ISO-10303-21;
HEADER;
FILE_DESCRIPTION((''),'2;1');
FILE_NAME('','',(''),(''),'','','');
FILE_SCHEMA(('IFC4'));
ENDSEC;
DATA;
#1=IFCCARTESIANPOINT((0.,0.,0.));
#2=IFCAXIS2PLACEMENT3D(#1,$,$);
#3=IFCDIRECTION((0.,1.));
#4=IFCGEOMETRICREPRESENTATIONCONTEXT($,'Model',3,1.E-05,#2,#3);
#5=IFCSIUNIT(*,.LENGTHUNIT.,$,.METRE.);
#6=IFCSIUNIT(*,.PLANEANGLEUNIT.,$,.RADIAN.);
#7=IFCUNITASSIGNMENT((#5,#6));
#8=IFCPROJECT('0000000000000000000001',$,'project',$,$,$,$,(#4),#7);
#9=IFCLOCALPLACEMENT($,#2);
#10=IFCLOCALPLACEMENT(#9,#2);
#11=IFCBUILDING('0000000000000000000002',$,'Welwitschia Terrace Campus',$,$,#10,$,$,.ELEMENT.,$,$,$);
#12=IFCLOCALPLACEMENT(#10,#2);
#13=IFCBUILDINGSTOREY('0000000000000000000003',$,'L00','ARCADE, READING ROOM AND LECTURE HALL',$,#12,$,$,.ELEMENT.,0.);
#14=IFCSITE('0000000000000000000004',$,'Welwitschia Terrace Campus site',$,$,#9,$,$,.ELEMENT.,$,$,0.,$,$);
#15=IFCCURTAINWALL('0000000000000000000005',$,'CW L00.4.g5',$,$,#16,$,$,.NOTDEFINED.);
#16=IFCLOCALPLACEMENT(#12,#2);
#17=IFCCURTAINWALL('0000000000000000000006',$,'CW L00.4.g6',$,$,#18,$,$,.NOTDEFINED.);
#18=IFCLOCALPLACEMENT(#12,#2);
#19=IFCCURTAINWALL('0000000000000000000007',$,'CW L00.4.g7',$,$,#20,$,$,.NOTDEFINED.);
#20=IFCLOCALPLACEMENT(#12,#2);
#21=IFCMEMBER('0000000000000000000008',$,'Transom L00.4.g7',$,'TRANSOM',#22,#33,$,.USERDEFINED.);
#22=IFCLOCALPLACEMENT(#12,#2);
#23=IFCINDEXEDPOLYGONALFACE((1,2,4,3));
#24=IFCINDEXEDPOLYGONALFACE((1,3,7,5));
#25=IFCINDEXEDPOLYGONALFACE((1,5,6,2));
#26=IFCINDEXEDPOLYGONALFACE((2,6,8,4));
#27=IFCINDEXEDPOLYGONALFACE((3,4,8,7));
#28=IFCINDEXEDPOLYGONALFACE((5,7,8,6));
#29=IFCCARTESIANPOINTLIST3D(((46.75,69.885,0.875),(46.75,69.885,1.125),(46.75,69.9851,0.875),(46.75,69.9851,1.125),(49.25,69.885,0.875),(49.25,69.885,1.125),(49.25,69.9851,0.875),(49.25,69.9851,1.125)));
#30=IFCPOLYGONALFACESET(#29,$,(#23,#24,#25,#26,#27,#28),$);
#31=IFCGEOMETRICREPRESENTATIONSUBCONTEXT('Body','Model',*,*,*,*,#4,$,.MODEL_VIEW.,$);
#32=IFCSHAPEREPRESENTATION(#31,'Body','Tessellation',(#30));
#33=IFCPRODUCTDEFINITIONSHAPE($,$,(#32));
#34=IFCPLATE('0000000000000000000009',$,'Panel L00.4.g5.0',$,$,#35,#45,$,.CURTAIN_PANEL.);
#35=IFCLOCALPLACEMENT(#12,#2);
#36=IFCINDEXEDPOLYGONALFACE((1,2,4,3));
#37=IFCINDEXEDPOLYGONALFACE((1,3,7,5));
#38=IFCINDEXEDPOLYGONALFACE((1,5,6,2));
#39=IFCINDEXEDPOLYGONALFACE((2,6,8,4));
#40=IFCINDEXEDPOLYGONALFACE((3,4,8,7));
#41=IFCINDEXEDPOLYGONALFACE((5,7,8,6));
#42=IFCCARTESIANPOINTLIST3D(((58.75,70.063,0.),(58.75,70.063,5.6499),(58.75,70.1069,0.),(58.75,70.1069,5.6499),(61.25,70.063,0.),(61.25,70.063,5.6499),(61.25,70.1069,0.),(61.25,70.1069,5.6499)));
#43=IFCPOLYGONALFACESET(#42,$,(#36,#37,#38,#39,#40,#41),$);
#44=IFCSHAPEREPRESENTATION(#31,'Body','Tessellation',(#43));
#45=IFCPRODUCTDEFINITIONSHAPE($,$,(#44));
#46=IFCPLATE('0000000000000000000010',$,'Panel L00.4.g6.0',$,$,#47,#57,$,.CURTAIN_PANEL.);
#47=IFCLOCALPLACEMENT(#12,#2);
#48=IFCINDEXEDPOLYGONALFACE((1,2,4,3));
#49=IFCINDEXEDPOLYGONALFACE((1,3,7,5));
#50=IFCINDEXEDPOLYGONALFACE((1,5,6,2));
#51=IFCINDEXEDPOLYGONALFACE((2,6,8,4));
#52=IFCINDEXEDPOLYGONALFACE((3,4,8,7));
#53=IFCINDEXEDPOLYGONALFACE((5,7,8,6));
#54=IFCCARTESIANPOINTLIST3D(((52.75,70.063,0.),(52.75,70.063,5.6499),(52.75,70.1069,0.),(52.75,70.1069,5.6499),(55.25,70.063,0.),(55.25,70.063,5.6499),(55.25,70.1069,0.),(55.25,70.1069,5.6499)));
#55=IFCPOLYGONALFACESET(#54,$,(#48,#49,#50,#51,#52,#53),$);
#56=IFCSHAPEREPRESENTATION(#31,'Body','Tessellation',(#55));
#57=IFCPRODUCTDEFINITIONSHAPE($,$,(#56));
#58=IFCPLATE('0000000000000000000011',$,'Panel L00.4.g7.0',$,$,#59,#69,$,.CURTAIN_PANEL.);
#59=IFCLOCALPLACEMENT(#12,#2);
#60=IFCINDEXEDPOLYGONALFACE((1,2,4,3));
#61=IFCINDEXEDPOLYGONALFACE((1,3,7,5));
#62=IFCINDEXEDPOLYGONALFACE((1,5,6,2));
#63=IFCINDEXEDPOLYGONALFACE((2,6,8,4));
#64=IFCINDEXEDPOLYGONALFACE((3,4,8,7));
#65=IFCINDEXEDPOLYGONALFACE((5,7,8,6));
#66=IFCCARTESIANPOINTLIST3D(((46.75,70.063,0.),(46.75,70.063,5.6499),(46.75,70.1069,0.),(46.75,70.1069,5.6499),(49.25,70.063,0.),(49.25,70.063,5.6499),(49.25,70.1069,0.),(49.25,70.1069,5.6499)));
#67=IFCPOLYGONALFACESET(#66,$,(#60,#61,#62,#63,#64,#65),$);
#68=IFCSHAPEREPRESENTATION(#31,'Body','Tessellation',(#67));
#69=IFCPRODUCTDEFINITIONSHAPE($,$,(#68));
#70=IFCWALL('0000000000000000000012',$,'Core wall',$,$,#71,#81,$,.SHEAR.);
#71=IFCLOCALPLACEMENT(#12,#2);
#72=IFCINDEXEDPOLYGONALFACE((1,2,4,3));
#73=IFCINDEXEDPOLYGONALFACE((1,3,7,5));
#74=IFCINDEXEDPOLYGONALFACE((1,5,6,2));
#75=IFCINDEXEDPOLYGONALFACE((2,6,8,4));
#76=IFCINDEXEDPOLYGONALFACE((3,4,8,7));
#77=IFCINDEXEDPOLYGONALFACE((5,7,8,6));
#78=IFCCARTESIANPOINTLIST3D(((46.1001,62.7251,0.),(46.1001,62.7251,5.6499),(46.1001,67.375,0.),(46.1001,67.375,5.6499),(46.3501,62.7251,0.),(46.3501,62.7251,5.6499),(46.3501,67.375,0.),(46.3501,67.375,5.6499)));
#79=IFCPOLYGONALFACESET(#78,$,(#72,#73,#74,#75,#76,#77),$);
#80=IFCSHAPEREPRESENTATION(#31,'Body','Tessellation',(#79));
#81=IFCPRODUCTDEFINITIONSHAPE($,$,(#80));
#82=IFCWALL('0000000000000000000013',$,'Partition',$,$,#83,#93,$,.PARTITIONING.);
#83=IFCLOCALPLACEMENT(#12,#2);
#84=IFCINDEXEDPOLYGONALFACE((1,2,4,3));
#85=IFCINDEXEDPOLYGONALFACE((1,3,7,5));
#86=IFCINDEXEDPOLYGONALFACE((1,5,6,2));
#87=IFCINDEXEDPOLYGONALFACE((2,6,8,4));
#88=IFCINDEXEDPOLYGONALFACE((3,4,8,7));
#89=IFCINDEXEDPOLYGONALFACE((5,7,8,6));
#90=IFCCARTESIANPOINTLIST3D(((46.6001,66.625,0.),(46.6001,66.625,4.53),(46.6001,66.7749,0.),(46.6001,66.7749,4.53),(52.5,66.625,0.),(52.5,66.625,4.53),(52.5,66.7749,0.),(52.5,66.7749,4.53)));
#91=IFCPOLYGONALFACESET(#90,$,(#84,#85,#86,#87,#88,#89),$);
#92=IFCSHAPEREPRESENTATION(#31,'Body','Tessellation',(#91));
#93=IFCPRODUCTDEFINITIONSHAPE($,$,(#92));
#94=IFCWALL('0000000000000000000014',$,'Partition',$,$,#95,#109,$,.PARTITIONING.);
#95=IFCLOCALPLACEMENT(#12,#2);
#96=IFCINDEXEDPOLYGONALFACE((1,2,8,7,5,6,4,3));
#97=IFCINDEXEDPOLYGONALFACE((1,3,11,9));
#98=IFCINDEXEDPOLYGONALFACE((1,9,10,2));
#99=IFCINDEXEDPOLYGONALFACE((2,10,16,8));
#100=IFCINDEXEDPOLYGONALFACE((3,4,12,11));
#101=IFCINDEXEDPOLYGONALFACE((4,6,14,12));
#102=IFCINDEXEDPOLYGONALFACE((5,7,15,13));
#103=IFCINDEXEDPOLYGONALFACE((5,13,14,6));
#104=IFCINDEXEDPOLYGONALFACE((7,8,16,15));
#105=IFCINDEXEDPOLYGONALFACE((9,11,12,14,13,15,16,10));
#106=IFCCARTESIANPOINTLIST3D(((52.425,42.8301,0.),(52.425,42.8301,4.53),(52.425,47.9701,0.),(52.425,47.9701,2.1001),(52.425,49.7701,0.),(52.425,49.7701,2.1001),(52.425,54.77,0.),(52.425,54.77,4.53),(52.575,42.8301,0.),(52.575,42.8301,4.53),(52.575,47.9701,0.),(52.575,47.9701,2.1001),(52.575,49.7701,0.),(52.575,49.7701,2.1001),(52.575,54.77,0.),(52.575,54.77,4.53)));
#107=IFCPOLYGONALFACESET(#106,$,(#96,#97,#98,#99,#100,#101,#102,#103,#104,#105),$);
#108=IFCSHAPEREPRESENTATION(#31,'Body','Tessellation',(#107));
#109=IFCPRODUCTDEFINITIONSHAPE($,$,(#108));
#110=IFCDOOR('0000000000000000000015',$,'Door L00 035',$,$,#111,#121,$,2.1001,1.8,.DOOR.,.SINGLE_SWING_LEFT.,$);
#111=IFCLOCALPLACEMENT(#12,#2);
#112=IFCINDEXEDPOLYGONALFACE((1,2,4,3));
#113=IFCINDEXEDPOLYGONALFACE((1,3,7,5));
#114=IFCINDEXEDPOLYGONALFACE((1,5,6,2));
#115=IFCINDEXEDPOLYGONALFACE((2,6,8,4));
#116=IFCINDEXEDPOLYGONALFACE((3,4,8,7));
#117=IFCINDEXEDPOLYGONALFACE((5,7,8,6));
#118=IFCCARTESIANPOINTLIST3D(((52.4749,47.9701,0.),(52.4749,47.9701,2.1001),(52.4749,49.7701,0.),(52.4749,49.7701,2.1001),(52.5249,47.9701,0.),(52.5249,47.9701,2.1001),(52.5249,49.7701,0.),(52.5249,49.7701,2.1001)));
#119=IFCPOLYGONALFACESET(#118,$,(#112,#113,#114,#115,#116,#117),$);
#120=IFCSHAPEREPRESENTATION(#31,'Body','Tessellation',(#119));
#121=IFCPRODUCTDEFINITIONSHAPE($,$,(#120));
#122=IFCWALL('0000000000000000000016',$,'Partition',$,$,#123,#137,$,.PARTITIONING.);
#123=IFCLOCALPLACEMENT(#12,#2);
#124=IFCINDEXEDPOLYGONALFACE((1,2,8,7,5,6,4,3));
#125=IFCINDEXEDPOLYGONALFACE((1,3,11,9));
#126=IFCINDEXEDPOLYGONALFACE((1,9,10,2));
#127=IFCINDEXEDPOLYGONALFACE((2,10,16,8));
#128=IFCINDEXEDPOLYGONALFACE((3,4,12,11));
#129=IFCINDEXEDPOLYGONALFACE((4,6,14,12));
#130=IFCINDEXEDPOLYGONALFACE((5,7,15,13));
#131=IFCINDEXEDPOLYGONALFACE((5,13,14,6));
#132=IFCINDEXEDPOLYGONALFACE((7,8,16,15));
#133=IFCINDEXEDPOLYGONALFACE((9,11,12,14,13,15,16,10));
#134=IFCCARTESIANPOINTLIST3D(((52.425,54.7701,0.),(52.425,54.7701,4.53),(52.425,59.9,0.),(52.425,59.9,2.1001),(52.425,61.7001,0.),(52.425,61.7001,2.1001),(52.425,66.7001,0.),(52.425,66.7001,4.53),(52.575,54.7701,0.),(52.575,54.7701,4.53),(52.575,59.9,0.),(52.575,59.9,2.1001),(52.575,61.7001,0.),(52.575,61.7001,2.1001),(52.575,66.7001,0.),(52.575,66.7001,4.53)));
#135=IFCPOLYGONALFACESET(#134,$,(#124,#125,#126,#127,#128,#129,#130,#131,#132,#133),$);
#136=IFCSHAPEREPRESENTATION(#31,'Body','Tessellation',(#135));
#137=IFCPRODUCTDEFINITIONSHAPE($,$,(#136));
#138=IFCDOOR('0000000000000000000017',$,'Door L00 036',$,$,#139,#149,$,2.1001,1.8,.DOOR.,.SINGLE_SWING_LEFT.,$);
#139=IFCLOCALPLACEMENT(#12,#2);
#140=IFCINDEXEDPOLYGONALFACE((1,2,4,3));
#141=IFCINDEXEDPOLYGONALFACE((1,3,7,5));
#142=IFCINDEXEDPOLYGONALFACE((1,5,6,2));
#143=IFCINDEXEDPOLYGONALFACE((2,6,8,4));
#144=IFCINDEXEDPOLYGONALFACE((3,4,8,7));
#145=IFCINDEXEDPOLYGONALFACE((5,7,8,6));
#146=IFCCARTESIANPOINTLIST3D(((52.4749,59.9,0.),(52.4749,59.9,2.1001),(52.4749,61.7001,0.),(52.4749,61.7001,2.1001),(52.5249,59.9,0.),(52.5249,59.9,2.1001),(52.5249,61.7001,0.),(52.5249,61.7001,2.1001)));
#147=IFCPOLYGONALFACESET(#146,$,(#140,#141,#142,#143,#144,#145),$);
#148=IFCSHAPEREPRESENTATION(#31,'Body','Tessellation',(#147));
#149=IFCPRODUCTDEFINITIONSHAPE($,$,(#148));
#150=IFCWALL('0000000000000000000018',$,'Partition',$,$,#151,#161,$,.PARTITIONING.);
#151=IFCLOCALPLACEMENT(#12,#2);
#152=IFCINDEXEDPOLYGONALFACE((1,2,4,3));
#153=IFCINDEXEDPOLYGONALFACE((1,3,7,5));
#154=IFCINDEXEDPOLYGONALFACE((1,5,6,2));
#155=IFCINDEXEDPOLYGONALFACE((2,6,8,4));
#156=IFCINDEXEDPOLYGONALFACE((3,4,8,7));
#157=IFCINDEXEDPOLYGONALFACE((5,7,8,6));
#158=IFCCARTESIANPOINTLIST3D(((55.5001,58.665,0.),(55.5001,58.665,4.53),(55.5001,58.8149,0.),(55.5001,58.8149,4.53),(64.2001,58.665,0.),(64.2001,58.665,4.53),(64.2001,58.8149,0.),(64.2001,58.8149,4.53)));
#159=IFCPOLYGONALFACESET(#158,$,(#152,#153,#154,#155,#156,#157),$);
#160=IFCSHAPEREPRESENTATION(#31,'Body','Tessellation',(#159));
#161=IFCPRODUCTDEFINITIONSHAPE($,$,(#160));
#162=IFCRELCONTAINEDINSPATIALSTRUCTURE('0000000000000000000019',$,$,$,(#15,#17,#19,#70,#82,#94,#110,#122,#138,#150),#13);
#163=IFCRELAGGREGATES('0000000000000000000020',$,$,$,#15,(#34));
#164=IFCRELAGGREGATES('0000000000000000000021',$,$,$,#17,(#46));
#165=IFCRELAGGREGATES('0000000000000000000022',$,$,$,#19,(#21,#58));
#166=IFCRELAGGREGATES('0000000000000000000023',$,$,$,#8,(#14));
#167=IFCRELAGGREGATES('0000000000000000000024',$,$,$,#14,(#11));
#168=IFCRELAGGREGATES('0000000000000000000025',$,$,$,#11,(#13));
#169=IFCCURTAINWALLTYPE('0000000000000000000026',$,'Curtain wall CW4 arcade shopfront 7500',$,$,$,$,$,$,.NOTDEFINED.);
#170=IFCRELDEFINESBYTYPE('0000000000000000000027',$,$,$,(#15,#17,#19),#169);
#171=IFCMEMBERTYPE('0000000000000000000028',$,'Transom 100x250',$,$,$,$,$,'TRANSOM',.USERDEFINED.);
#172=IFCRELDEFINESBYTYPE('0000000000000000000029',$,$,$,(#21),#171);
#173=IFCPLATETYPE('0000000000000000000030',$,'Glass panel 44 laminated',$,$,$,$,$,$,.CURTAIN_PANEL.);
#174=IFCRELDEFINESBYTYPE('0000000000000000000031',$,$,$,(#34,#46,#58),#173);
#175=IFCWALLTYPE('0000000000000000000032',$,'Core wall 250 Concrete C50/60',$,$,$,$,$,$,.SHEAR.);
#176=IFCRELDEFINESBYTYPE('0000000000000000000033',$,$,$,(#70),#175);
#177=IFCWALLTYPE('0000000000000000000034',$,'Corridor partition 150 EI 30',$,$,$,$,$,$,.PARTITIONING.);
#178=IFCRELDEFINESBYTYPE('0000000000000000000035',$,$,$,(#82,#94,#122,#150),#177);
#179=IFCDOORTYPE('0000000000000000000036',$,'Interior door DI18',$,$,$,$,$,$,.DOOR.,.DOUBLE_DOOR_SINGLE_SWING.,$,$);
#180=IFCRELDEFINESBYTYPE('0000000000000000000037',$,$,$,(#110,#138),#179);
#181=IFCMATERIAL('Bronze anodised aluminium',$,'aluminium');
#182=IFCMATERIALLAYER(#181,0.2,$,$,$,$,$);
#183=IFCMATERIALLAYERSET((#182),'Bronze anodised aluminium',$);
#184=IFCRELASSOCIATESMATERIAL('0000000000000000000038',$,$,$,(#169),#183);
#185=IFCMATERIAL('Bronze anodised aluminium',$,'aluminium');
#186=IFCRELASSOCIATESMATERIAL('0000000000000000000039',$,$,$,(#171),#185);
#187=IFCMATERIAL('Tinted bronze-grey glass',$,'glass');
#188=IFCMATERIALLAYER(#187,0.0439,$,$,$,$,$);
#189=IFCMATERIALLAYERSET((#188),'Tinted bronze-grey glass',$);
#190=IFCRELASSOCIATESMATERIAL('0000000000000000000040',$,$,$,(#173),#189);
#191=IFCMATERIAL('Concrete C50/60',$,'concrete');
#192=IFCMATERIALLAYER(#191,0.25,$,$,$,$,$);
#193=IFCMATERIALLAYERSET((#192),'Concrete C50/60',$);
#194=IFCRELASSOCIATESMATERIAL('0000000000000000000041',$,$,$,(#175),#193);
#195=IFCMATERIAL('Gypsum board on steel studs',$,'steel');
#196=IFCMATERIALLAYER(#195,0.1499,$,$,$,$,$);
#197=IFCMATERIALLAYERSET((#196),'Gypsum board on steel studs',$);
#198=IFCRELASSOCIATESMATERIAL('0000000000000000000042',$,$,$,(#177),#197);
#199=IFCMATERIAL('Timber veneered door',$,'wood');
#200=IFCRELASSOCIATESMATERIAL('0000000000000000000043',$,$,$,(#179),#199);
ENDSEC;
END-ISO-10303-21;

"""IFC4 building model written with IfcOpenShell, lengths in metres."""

from ifc_helpers import new_model, si_unit, direction, frame, frame_2d, origin, origin_2d, place, context, subcontext, project, spatial, rectangle, extrude, material, layer, layer_set, material_profile, profile_set, type_object, element, fill, aggregate, save


model = new_model("IFC4")

# Units and contexts
model_context = context("Model", 3, precision=1e-05, world=origin(), true_north=direction((0.0, 1.0)))
body_context = subcontext(model_context, "Body", "Model", "MODEL_VIEW")
ifc_project = project(units=[si_unit("LENGTHUNIT", "METRE"), si_unit("PLANEANGLEUNIT", "RADIAN")], contexts=[model_context])

# Site, building, storey
site_placement = place(None, origin())
site = spatial("IfcSite", under=ifc_project, at=site_placement, Name="Welwitschia Terrace Campus site", CompositionType="ELEMENT", RefElevation=0.0)
building_placement = place(site_placement, origin())
building = spatial("IfcBuilding", under=site, at=building_placement, Name="Welwitschia Terrace Campus", CompositionType="ELEMENT")
storey_placement = place(building_placement, origin())
storey = spatial("IfcBuildingStorey", under=building, at=storey_placement, Name="L00", Description="ARCADE, READING ROOM AND LECTURE HALL", CompositionType="ELEMENT", Elevation=0.0)

# Curtain wall
ifc_material_1 = material(Name="Bronze anodised aluminium", Category="aluminium")
ifc_layer_1 = layer(ifc_material_1, 0.2)
ifc_layer_set_1 = layer_set([ifc_layer_1], Name="Bronze anodised aluminium")
curtain_wall_type = type_object("IfcCurtainWallType", Name="Curtain wall CW4 arcade shopfront 7500", PredefinedType="NOTDEFINED", material=ifc_layer_set_1)
curtain_wall_1_placement = place(storey_placement, origin())
curtain_wall_1 = element("IfcCurtainWall", 1, at=curtain_wall_1_placement, inside=storey, type_object=curtain_wall_type, Name="CW L00.4.g5", PredefinedType="NOTDEFINED")

# Curtain walls
curtain_wall_2_placement = place(storey_placement, origin())
curtain_wall_2 = element("IfcCurtainWall", 2, at=curtain_wall_2_placement, inside=storey, type_object=curtain_wall_type, Name="CW L00.4.g6", PredefinedType="NOTDEFINED")
curtain_wall_3_placement = place(storey_placement, origin())
curtain_wall_3 = element("IfcCurtainWall", 3, at=curtain_wall_3_placement, inside=storey, type_object=curtain_wall_type, Name="CW L00.4.g7", PredefinedType="NOTDEFINED")

# Member
ifc_material_2 = material(Name="Bronze anodised aluminium", Category="aluminium")
ifc_material_profile_1 = material_profile(ifc_material_2, rectangle(XDim=0.1001, YDim=0.25, at=origin_2d()))
ifc_profile_set_1 = profile_set([ifc_material_profile_1], Name="Bronze anodised aluminium")
member_type_1 = type_object("IfcMemberType", Name="Transom 100x250", ElementType="TRANSOM", PredefinedType="USERDEFINED", material=ifc_profile_set_1)
member_1_placement = place(storey_placement, frame((49.25, 69.9351, 1.0), z_axis=(-1.0, 0.0, 0.0), x_axis=(0.0, -1.0, 0.0)))
member_1 = element("IfcMember", 4, at=member_1_placement, type_object=member_type_1, Name="Transom L00.4.g7", ObjectType="TRANSOM", PredefinedType="USERDEFINED", context=body_context, shape_type="SweptSolid", body=[
    extrude(rectangle(XDim=0.1001, YDim=0.25, at=origin_2d()), origin(), (0.0, 0.0, 1.0), 2.5),
])

# Plates
ifc_material_3 = material(Name="Tinted bronze-grey glass", Category="glass")
ifc_layer_2 = layer(ifc_material_3, 0.0439)
ifc_layer_set_2 = layer_set([ifc_layer_2], Name="Tinted bronze-grey glass")
plate_type = type_object("IfcPlateType", Name="Glass panel 44 laminated", PredefinedType="CURTAIN_PANEL", material=ifc_layer_set_2)
plate_1_placement = place(storey_placement, frame((60.0, 70.085, 0.0), z_axis=(0.0, 0.0, 1.0), x_axis=(-1.0, 0.0, 0.0)))
plate_1 = element("IfcPlate", 5, at=plate_1_placement, type_object=plate_type, Name="Panel L00.4.g5.0", PredefinedType="CURTAIN_PANEL", context=body_context, shape_type="SweptSolid", body=[
    extrude(rectangle(XDim=2.5, YDim=0.0439, at=origin_2d()), origin(), (0.0, 0.0, 1.0), 5.6499),
])
aggregate(curtain_wall_1, [plate_1])
plate_2_placement = place(storey_placement, frame((54.0, 70.085, 0.0), z_axis=(0.0, 0.0, 1.0), x_axis=(-1.0, 0.0, 0.0)))
plate_2 = element("IfcPlate", 6, at=plate_2_placement, type_object=plate_type, Name="Panel L00.4.g6.0", PredefinedType="CURTAIN_PANEL", context=body_context, shape_type="SweptSolid", body=[
    extrude(rectangle(XDim=2.5, YDim=0.0439, at=origin_2d()), origin(), (0.0, 0.0, 1.0), 5.6499),
])
aggregate(curtain_wall_2, [plate_2])
plate_3_placement = place(storey_placement, frame((48.0, 70.085, 0.0), z_axis=(0.0, 0.0, 1.0), x_axis=(-1.0, 0.0, 0.0)))
plate_3 = element("IfcPlate", 7, at=plate_3_placement, type_object=plate_type, Name="Panel L00.4.g7.0", PredefinedType="CURTAIN_PANEL", context=body_context, shape_type="SweptSolid", body=[
    extrude(rectangle(XDim=2.5, YDim=0.0439, at=origin_2d()), origin(), (0.0, 0.0, 1.0), 5.6499),
])
aggregate(curtain_wall_3, [member_1, plate_3])

# Walls
ifc_material_4 = material(Name="Concrete C50/60", Category="concrete")
ifc_layer_3 = layer(ifc_material_4, 0.25)
ifc_layer_set_3 = layer_set([ifc_layer_3], Name="Concrete C50/60")
wall_type_1 = type_object("IfcWallType", Name="Core wall 250 Concrete C50/60", PredefinedType="SHEAR", material=ifc_layer_set_3)
wall_1_placement = place(storey_placement, frame((46.2251, 62.7251, 0.0), z_axis=(0.0, 0.0, 1.0), x_axis=(0.0, 1.0, 0.0)))
element("IfcWall", 8, at=wall_1_placement, inside=storey, type_object=wall_type_1, Name="Core wall", PredefinedType="SHEAR", context=body_context, shape_type="SweptSolid", body=[
    extrude(rectangle(XDim=4.6499, YDim=0.25, at=frame_2d((2.325, 0.0))), origin(), (0.0, 0.0, 1.0), 5.6499),
])
ifc_material_5 = material(Name="Gypsum board on steel studs", Category="steel")
ifc_layer_4 = layer(ifc_material_5, 0.1499)
ifc_layer_set_4 = layer_set([ifc_layer_4], Name="Gypsum board on steel studs")
wall_type_2 = type_object("IfcWallType", Name="Corridor partition 150 EI 30", PredefinedType="PARTITIONING", material=ifc_layer_set_4)
wall_2_placement = place(storey_placement, frame((46.6001, 66.7, 0.0), z_axis=(0.0, 0.0, 1.0), x_axis=(1.0, 0.0, 0.0)))
element("IfcWall", 9, at=wall_2_placement, inside=storey, type_object=wall_type_2, Name="Partition", PredefinedType="PARTITIONING", context=body_context, shape_type="SweptSolid", body=[
    extrude(rectangle(XDim=5.8999, YDim=0.1499, at=frame_2d((2.95, 0.0))), origin(), (0.0, 0.0, 1.0), 4.53),
])

# Walls, openings, doors
wall_3_placement = place(storey_placement, frame((52.5, 54.77, 0.0), z_axis=(0.0, 0.0, 1.0), x_axis=(0.0, -1.0, 0.0)))
wall_3 = element("IfcWall", 10, at=wall_3_placement, inside=storey, type_object=wall_type_2, Name="Partition", PredefinedType="PARTITIONING", context=body_context, shape_type="SweptSolid", body=[
    extrude(rectangle(XDim=11.9399, YDim=0.1499, at=frame_2d((5.97, 0.0))), origin(), (0.0, 0.0, 1.0), 4.53),
])
opening_1_placement = place(wall_3_placement, frame((5.0, 0.0, 0.0)))
opening_1 = element("IfcOpeningElement", 11, at=opening_1_placement, cuts=wall_3, PredefinedType="OPENING", context=body_context, shape_type="SweptSolid", body=[
    extrude(rectangle(XDim=1.8, YDim=2.1001, at=frame_2d((0.8999, 1.05))), frame((0.0, 0.085, 0.0), z_axis=(0.0, -1.0, 0.0), x_axis=(1.0, 0.0, 0.0)), (0.0, 0.0, 1.0), 0.1699),
])
ifc_material_6 = material(Name="Timber veneered door", Category="wood")
door_type_1 = type_object("IfcDoorType", Name="Interior door DI18", OperationType="DOUBLE_DOOR_SINGLE_SWING", PredefinedType="DOOR", material=ifc_material_6)
door_1_placement = place(opening_1_placement, origin())
door_1 = element("IfcDoor", 12, at=door_1_placement, inside=storey, type_object=door_type_1, Name="Door L00 035", OperationType="SINGLE_SWING_LEFT", OverallHeight=2.1001, OverallWidth=1.8, PredefinedType="DOOR", context=body_context, shape_type="SweptSolid", body=[
    extrude(rectangle(XDim=1.8, YDim=2.1001, at=frame_2d((0.8999, 1.05))), frame((0.0, 0.0249, 0.0), z_axis=(0.0, -1.0, 0.0), x_axis=(1.0, 0.0, 0.0)), (0.0, 0.0, 1.0), 0.05),
])
fill(opening_1, door_1)
wall_4_placement = place(storey_placement, frame((52.5, 66.7, 0.0), z_axis=(0.0, 0.0, 1.0), x_axis=(0.0, -1.0, 0.0)))
wall_4 = element("IfcWall", 13, at=wall_4_placement, inside=storey, type_object=wall_type_2, Name="Partition", PredefinedType="PARTITIONING", context=body_context, shape_type="SweptSolid", body=[
    extrude(rectangle(XDim=11.9299, YDim=0.1499, at=frame_2d((5.9648, 0.0))), origin(), (0.0, 0.0, 1.0), 4.53),
])
opening_2_placement = place(wall_4_placement, frame((5.0, 0.0, 0.0)))
opening_2 = element("IfcOpeningElement", 14, at=opening_2_placement, cuts=wall_4, PredefinedType="OPENING", context=body_context, shape_type="SweptSolid", body=[
    extrude(rectangle(XDim=1.8, YDim=2.1001, at=frame_2d((0.8999, 1.05))), frame((0.0, 0.085, 0.0), z_axis=(0.0, -1.0, 0.0), x_axis=(1.0, 0.0, 0.0)), (0.0, 0.0, 1.0), 0.1699),
])
door_2_placement = place(opening_2_placement, origin())
door_2 = element("IfcDoor", 15, at=door_2_placement, inside=storey, type_object=door_type_1, Name="Door L00 036", OperationType="SINGLE_SWING_LEFT", OverallHeight=2.1001, OverallWidth=1.8, PredefinedType="DOOR", context=body_context, shape_type="SweptSolid", body=[
    extrude(rectangle(XDim=1.8, YDim=2.1001, at=frame_2d((0.8999, 1.05))), frame((0.0, 0.0249, 0.0), z_axis=(0.0, -1.0, 0.0), x_axis=(1.0, 0.0, 0.0)), (0.0, 0.0, 1.0), 0.05),
])
fill(opening_2, door_2)

# Wall
wall_5_placement = place(storey_placement, frame((55.5, 58.74, 0.0), z_axis=(0.0, 0.0, 1.0), x_axis=(1.0, 0.0, 0.0)))
element("IfcWall", 16, at=wall_5_placement, inside=storey, type_object=wall_type_2, Name="Partition", PredefinedType="PARTITIONING", context=body_context, shape_type="SweptSolid", body=[
    extrude(rectangle(XDim=8.7, YDim=0.1499, at=frame_2d((4.3501, 0.0))), origin(), (0.0, 0.0, 1.0), 4.53),
])

save(model, "model.ifc")
